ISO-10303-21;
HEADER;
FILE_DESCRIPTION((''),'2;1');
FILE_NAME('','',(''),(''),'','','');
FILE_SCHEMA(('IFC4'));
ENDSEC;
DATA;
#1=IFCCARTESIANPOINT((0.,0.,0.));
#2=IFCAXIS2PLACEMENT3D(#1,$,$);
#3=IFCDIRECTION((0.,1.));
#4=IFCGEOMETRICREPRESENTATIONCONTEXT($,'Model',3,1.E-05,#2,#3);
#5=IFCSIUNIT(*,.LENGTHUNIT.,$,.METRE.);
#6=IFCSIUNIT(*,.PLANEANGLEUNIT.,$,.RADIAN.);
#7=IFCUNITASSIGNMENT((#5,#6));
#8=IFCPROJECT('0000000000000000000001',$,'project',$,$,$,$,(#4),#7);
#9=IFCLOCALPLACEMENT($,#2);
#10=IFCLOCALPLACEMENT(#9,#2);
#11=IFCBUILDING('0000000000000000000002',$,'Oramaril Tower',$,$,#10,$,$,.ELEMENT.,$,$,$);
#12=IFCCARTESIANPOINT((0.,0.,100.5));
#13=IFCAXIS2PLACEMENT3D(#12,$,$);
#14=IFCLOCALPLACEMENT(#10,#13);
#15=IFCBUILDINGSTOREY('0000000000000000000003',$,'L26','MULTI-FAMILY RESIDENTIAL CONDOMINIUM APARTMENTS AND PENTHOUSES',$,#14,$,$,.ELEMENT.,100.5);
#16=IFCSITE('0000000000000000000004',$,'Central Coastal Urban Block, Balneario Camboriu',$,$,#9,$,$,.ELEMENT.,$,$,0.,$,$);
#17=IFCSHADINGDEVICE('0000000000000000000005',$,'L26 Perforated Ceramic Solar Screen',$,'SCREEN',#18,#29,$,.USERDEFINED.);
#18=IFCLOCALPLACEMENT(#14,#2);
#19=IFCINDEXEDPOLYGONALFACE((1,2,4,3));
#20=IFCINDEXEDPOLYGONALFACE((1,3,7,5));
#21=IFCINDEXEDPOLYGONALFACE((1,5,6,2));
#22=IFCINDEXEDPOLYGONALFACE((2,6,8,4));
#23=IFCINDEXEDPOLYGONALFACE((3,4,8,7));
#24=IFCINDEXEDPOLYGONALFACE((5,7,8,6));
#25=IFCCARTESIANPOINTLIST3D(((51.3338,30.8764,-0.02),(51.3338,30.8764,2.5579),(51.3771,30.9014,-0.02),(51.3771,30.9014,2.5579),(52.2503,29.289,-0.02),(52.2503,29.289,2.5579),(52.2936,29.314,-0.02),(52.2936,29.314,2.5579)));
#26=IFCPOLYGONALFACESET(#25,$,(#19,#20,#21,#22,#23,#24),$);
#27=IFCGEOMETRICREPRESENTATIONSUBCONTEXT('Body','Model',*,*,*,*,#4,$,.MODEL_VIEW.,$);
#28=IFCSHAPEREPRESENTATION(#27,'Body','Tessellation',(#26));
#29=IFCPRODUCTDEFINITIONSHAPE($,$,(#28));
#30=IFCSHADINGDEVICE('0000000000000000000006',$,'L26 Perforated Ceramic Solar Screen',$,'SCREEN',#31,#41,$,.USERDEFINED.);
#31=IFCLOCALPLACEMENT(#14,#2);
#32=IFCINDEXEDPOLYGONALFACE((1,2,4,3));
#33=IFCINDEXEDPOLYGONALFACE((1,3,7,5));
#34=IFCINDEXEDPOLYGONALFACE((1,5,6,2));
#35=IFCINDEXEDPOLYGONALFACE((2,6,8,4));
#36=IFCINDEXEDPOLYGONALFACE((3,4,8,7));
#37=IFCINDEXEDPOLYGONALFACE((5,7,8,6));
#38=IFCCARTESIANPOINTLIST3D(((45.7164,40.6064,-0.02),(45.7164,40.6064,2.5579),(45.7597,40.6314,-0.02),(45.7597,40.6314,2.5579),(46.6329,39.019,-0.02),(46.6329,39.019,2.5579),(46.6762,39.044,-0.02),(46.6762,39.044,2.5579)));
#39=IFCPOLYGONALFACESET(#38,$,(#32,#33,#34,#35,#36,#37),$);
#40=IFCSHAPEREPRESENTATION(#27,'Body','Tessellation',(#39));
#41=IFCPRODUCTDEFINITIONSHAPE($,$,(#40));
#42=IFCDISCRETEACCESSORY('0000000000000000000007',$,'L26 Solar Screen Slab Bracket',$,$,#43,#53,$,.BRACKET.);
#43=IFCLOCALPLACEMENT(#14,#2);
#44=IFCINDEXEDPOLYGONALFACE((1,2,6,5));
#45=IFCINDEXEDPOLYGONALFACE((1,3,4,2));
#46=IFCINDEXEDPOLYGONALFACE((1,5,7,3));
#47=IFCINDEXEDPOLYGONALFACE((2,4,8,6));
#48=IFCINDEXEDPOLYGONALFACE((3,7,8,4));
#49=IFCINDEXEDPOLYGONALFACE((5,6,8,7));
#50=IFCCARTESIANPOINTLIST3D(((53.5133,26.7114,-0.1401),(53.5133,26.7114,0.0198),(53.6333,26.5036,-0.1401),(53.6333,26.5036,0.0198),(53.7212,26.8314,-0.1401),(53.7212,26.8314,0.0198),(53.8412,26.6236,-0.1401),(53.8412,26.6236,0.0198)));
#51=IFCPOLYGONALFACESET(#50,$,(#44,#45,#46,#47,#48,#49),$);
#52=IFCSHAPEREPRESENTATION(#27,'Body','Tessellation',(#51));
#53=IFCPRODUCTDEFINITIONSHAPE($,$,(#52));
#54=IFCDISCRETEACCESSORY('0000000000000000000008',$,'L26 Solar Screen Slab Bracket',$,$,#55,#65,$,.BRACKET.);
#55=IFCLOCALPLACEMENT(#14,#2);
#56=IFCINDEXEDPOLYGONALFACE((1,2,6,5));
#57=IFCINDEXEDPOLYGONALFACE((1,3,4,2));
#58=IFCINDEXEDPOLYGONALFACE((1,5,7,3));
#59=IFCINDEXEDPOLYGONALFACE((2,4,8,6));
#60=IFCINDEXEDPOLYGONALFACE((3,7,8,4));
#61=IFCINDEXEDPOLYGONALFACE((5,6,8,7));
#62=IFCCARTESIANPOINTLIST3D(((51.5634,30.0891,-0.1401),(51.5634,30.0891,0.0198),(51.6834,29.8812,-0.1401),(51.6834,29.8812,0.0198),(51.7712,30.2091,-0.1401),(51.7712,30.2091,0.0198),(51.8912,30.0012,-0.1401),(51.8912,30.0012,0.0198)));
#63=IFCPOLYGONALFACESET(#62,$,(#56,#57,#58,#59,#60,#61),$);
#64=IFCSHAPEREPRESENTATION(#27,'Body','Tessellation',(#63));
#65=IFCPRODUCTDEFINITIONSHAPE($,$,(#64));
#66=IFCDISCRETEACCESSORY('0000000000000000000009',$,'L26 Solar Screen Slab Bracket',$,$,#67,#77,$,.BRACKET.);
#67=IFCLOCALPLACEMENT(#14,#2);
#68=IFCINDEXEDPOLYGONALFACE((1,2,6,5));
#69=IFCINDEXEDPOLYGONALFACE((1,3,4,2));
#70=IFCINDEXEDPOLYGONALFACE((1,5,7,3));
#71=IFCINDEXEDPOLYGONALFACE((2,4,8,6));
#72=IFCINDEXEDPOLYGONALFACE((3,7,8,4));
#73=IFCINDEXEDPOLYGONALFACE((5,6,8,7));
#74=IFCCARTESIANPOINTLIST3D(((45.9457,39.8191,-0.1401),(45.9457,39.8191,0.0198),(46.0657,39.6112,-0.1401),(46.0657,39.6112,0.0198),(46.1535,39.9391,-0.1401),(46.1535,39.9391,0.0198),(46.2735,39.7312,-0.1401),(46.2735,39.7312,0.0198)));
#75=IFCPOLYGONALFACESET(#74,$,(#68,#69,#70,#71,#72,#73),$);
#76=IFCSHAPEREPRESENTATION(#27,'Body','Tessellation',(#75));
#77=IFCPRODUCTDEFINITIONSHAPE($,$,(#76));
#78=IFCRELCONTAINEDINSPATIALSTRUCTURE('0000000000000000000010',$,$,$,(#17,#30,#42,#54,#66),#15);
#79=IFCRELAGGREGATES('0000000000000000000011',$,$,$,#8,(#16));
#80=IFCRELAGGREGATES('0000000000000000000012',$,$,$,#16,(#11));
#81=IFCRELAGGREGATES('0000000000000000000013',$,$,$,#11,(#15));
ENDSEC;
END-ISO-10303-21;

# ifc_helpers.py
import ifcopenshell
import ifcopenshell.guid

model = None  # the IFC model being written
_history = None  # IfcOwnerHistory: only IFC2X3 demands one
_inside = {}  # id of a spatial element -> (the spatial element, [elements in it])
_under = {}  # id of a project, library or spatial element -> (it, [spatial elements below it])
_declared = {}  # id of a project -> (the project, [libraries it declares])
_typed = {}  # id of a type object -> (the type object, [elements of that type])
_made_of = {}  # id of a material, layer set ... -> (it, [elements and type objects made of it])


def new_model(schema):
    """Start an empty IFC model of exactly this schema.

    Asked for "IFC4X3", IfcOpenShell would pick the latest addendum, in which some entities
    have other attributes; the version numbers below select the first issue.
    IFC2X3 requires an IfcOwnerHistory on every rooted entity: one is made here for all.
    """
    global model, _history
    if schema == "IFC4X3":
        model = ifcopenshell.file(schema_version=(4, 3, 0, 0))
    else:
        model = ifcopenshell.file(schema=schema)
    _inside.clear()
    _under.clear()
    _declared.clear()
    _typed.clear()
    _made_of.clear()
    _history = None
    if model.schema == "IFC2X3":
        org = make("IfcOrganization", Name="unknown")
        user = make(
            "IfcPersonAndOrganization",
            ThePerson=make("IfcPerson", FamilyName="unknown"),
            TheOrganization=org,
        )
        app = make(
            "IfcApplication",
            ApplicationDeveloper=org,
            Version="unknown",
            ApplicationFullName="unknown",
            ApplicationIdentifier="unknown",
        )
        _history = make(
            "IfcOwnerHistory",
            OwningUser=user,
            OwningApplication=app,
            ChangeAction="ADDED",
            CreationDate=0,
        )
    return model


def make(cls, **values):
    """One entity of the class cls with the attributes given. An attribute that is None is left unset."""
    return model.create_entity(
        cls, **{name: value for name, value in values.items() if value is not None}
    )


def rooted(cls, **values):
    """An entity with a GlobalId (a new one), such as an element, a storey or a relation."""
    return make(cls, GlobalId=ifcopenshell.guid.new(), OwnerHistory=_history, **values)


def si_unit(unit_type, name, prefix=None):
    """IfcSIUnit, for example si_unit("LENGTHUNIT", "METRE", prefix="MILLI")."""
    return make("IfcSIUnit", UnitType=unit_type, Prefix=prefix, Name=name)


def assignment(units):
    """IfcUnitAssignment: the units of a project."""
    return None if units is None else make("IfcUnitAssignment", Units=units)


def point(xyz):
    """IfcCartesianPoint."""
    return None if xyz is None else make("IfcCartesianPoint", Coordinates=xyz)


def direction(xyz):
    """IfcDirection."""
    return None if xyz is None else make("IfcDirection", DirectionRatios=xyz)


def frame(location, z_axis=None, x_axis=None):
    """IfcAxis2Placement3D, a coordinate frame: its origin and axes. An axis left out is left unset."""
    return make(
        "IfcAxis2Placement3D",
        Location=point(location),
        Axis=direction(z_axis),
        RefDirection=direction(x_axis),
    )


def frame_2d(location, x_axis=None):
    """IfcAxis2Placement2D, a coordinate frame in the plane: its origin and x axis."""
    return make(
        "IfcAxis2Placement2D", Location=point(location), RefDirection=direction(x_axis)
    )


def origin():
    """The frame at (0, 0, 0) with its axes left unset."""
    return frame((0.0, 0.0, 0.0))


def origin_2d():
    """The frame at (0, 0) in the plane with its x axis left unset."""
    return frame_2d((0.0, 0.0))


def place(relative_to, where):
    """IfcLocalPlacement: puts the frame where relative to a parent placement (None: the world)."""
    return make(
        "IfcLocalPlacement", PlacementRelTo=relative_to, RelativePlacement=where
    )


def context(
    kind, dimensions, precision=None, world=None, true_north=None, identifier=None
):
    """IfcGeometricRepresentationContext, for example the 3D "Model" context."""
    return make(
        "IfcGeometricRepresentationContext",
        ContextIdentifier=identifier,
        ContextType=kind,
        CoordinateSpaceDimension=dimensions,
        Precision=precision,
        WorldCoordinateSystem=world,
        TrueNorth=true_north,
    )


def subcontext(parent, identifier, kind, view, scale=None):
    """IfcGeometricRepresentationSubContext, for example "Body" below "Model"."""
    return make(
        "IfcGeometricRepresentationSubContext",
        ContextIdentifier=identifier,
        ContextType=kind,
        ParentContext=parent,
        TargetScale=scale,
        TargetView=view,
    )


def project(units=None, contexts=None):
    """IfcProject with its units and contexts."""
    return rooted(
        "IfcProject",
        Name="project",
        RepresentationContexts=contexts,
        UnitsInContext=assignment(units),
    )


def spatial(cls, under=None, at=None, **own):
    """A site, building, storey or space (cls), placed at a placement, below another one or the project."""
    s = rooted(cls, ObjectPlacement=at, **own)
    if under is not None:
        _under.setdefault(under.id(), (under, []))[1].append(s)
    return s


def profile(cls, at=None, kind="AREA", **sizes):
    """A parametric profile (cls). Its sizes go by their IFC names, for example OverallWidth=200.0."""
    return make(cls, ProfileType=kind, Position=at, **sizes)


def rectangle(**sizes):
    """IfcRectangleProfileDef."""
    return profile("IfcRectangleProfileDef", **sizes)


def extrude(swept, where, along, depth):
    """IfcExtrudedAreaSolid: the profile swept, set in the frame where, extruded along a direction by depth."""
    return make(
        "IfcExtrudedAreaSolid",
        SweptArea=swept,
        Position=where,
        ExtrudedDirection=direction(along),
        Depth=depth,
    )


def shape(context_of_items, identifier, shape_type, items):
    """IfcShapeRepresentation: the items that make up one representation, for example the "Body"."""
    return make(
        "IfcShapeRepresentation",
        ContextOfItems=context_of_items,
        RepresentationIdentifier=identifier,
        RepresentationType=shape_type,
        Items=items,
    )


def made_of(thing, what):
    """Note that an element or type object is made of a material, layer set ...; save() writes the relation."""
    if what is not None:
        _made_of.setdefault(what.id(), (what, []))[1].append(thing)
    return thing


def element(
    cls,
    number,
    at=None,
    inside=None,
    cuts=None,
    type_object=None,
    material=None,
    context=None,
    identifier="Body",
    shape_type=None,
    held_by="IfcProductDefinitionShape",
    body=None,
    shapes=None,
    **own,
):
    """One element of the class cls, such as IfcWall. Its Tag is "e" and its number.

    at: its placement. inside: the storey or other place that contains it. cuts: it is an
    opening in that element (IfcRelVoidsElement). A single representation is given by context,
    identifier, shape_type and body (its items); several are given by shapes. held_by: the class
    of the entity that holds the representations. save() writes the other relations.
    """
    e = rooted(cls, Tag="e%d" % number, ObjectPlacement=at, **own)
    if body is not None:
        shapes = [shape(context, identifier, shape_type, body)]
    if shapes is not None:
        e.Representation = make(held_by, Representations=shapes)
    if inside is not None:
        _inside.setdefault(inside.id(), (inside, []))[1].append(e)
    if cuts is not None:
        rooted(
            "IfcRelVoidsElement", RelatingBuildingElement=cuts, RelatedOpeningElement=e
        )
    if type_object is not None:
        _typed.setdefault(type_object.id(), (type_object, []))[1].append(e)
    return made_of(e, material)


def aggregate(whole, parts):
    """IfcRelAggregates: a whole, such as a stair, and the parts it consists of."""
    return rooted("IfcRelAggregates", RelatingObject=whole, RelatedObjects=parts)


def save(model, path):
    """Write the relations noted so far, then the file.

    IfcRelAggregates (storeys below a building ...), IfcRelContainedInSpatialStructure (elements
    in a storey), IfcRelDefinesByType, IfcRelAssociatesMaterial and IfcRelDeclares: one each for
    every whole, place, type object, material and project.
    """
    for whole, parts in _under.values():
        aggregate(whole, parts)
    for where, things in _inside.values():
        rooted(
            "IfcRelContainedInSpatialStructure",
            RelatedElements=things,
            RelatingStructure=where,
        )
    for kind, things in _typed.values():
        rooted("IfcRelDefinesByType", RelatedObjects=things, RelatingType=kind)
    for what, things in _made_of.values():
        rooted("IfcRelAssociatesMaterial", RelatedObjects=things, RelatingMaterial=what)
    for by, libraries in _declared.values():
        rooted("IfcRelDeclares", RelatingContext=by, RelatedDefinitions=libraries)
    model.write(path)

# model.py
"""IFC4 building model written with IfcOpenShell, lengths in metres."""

from ifc_helpers import new_model, si_unit, direction, frame, origin, origin_2d, place, context, subcontext, project, spatial, rectangle, extrude, element, save


model = new_model("IFC4")

# Units and contexts
model_context = context("Model", 3, precision=1e-05, world=origin(), true_north=direction((0.0, 1.0)))
body_context = subcontext(model_context, "Body", "Model", "MODEL_VIEW")
ifc_project = project(units=[si_unit("LENGTHUNIT", "METRE"), si_unit("PLANEANGLEUNIT", "RADIAN")], contexts=[model_context])

# Site, building, storey
site_placement = place(None, origin())
site = spatial("IfcSite", under=ifc_project, at=site_placement, Name="Central Coastal Urban Block, Balneario Camboriu", CompositionType="ELEMENT", RefElevation=0.0)
building_placement = place(site_placement, origin())
building = spatial("IfcBuilding", under=site, at=building_placement, Name="Oramaril Tower", CompositionType="ELEMENT")
storey_placement = place(building_placement, frame((0.0, 0.0, 100.5)))
storey = spatial("IfcBuildingStorey", under=building, at=storey_placement, Name="L26", Description="MULTI-FAMILY RESIDENTIAL CONDOMINIUM APARTMENTS AND PENTHOUSES", CompositionType="ELEMENT", Elevation=100.5)

# Shading devices
for number, where, z_axis, x_axis, name in (
    (1, (51.8137, 30.0952, -0.02), (0.0, 0.0, 1.0), (-0.5, 0.866025, 0.0), "L26 Perforated Ceramic Solar Screen"),
    (2, (46.1963, 39.8252, -0.02), (0.0, 0.0, 1.0), (-0.5, 0.866025, 0.0), "L26 Perforated Ceramic Solar Screen"),
):
    element("IfcShadingDevice", number, at=place(storey_placement, frame(where, z_axis=z_axis, x_axis=x_axis)), inside=storey, Name=name, ObjectType="SCREEN", PredefinedType="USERDEFINED", context=body_context, shape_type="SweptSolid", body=[
        extrude(rectangle(XDim=1.833, YDim=0.05, at=origin_2d()), origin(), (0.0, 0.0, 1.0), 2.5779),
    ])

# Discrete accessories
for number, where, z_axis, x_axis, name in (
    (3, (53.6772, 26.6675, -0.1401), (0.0, 0.0, 1.0), (-0.5, 0.866025, 0.0), "L26 Solar Screen Slab Bracket"),
    (4, (51.7273, 30.0452, -0.1401), (0.0, 0.0, 1.0), (-0.5, 0.866025, 0.0), "L26 Solar Screen Slab Bracket"),
    (5, (46.1096, 39.7751, -0.1401), (0.0, 0.0, 1.0), (-0.5, 0.866025, 0.0), "L26 Solar Screen Slab Bracket"),
):
    element("IfcDiscreteAccessory", number, at=place(storey_placement, frame(where, z_axis=z_axis, x_axis=x_axis)), inside=storey, Name=name, PredefinedType="BRACKET", context=body_context, shape_type="SweptSolid", body=[
        extrude(rectangle(XDim=0.24, YDim=0.24, at=origin_2d()), origin(), (0.0, 0.0, 1.0), 0.1599),
    ])

save(model, "model.ifc")
